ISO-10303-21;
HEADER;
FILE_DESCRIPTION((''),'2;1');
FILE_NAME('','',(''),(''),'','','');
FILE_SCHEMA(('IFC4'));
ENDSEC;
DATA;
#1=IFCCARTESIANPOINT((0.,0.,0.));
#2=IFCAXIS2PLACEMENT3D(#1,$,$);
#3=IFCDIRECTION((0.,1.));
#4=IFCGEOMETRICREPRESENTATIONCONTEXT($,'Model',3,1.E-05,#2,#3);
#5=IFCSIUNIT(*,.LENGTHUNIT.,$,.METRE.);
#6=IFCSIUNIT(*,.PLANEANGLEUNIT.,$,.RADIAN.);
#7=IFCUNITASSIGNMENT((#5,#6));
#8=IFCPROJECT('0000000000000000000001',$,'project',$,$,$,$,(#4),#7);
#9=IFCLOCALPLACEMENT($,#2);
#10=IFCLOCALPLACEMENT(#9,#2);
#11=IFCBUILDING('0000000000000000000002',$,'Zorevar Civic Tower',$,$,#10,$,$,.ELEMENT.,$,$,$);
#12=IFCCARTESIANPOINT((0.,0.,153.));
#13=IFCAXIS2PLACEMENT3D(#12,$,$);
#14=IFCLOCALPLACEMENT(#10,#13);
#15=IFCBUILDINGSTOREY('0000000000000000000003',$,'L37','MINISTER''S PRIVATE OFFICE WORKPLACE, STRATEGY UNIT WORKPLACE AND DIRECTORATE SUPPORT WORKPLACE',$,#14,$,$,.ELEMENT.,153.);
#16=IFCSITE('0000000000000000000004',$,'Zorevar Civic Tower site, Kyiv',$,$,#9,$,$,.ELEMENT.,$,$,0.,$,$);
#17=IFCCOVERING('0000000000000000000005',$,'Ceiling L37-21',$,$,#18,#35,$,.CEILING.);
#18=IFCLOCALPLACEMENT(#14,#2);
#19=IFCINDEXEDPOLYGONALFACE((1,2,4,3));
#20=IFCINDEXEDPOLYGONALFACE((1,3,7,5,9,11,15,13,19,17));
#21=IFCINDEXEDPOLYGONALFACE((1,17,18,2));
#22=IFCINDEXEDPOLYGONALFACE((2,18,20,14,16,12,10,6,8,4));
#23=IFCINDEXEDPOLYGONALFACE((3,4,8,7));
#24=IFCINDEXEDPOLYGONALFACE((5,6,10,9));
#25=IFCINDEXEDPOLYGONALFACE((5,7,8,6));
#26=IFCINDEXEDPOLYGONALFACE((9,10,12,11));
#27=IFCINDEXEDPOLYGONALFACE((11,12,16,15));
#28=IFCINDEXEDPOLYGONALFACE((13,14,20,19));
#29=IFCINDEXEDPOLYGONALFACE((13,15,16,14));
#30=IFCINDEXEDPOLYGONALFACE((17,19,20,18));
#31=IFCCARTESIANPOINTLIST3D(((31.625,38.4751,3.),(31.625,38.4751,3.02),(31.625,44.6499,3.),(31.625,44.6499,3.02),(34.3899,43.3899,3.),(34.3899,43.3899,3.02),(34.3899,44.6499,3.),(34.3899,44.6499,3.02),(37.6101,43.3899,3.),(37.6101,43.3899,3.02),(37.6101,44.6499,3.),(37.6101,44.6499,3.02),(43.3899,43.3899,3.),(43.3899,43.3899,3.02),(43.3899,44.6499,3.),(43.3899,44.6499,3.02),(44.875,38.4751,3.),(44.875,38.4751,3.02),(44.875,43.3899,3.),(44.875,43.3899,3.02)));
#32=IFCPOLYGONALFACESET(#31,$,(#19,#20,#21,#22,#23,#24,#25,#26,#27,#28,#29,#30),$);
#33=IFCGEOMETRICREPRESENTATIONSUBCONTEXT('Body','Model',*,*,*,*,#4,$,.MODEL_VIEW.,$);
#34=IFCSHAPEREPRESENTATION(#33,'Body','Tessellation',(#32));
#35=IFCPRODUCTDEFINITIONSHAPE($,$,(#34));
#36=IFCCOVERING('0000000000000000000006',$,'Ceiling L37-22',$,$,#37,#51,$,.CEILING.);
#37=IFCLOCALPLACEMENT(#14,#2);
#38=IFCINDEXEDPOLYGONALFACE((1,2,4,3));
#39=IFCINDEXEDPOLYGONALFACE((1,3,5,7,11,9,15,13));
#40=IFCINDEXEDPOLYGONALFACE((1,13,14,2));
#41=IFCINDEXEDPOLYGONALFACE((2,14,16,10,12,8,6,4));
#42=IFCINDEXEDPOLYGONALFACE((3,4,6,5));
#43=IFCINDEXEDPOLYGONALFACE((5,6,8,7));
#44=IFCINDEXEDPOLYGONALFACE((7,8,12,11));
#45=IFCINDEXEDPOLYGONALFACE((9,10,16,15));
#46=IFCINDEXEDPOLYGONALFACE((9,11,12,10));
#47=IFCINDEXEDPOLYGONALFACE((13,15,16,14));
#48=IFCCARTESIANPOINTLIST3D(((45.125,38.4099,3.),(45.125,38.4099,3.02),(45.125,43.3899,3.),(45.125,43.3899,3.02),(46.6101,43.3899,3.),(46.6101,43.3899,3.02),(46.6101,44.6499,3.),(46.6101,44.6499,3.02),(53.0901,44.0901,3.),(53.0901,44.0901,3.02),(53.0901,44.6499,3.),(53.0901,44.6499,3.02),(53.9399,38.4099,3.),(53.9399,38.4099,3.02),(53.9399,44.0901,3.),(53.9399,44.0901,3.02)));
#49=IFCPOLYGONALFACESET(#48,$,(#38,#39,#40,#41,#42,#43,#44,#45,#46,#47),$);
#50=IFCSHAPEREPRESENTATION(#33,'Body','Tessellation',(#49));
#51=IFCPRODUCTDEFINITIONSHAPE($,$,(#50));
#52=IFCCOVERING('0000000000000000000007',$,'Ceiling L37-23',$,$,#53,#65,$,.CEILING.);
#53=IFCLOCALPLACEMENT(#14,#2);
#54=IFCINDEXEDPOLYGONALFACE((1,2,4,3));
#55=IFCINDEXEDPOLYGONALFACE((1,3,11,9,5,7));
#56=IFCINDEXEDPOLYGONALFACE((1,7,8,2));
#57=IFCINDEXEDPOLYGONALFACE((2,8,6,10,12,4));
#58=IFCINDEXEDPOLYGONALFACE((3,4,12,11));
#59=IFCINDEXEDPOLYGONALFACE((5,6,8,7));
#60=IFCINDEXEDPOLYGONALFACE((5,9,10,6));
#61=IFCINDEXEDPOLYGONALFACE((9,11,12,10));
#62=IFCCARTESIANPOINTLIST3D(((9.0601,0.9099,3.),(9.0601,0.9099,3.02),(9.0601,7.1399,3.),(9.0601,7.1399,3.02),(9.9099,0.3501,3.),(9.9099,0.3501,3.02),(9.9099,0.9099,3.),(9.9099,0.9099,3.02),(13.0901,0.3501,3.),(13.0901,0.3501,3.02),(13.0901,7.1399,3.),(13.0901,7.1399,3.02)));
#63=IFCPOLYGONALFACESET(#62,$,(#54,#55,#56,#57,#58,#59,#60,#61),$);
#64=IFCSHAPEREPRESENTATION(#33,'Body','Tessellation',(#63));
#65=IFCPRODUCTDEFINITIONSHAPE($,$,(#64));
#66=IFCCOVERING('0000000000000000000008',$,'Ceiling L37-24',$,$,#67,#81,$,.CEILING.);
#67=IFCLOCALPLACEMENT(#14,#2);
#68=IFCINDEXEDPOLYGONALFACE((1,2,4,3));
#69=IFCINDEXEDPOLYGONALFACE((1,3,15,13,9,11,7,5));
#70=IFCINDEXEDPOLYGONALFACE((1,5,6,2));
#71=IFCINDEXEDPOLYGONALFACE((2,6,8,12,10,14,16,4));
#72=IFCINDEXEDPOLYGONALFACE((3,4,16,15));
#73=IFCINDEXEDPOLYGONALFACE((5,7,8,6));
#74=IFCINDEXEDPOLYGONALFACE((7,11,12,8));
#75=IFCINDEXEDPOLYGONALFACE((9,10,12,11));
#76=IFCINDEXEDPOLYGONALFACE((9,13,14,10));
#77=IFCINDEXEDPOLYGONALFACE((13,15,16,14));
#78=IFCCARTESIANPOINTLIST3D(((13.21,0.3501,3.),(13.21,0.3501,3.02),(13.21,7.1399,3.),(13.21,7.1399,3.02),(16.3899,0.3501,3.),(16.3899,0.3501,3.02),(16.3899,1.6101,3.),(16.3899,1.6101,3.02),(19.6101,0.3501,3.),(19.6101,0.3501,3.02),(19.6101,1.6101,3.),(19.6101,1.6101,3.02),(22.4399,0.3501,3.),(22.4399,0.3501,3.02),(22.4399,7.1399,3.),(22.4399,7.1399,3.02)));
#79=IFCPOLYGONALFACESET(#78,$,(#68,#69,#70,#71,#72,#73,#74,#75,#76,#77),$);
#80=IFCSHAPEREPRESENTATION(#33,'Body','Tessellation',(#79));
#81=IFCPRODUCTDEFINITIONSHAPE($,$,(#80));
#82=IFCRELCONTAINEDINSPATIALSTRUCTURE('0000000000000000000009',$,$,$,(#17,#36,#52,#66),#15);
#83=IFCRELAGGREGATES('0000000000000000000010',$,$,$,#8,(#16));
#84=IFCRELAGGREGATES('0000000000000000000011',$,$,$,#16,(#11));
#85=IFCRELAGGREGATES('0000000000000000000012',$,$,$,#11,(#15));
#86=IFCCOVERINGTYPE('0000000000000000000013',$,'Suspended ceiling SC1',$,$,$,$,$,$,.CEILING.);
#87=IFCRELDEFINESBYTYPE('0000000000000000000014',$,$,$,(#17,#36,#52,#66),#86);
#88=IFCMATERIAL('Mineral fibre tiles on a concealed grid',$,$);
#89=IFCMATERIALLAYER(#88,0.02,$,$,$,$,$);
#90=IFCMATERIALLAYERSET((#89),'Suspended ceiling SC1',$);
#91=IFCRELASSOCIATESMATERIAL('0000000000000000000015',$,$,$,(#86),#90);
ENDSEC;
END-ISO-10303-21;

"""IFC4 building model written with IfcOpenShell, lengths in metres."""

from ifc_helpers import new_model, si_unit, direction, frame, origin, place, context, subcontext, project, spatial, polyline, outline, extrude, material, layer, layer_set, type_object, element, save


model = new_model("IFC4")

# Units and contexts
model_context = context("Model", 3, precision=1e-05, world=origin(), true_north=direction((0.0, 1.0)))
body_context = subcontext(model_context, "Body", "Model", "MODEL_VIEW")
ifc_project = project(units=[si_unit("LENGTHUNIT", "METRE"), si_unit("PLANEANGLEUNIT", "RADIAN")], contexts=[model_context])

# Site, building, storey
site_placement = place(None, origin())
site = spatial("IfcSite", under=ifc_project, at=site_placement, Name="Zorevar Civic Tower site, Kyiv", CompositionType="ELEMENT", RefElevation=0.0)
building_placement = place(site_placement, origin())
building = spatial("IfcBuilding", under=site, at=building_placement, Name="Zorevar Civic Tower", CompositionType="ELEMENT")
storey_placement = place(building_placement, frame((0.0, 0.0, 153.0)))
storey = spatial("IfcBuildingStorey", under=building, at=storey_placement, Name="L37", Description="MINISTER'S PRIVATE OFFICE WORKPLACE, STRATEGY UNIT WORKPLACE AND DIRECTORATE SUPPORT WORKPLACE", CompositionType="ELEMENT", Elevation=153.0)

# Coverings
ifc_material_1 = material(Name="Mineral fibre tiles on a concealed grid")
ifc_layer_1 = layer(ifc_material_1, 0.02)
ifc_layer_set_1 = layer_set([ifc_layer_1], Name="Suspended ceiling SC1")
covering_type_1 = type_object("IfcCoveringType", Name="Suspended ceiling SC1", PredefinedType="CEILING", material=ifc_layer_set_1)
covering_1_placement = place(storey_placement, frame((0.0, 0.0, 3.0)))
element("IfcCovering", 1, at=covering_1_placement, inside=storey, type_object=covering_type_1, Name="Ceiling L37-21", PredefinedType="CEILING", context=body_context, shape_type="SweptSolid", body=[
    extrude(outline(polyline([(34.3899, 44.6499), (34.3899, 43.3899), (37.6101, 43.3899), (37.6101, 44.6499), (43.3899, 44.6499), (43.3899, 43.3899), (44.875, 43.3899), (44.875, 38.4751), (31.625, 38.4751), (31.625, 44.6499), (34.3899, 44.6499)])), origin(), (0.0, 0.0, 1.0), 0.02),
])
covering_2_placement = place(storey_placement, frame((0.0, 0.0, 3.0)))
element("IfcCovering", 2, at=covering_2_placement, inside=storey, type_object=covering_type_1, Name="Ceiling L37-22", PredefinedType="CEILING", context=body_context, shape_type="SweptSolid", body=[
    extrude(outline(polyline([(46.6101, 43.3899), (46.6101, 44.6499), (53.0901, 44.6499), (53.0901, 44.0901), (53.9399, 44.0901), (53.9399, 38.4099), (45.125, 38.4099), (45.125, 43.3899), (46.6101, 43.3899)])), origin(), (0.0, 0.0, 1.0), 0.02),
])
covering_3_placement = place(storey_placement, frame((0.0, 0.0, 3.0)))
element("IfcCovering", 3, at=covering_3_placement, inside=storey, type_object=covering_type_1, Name="Ceiling L37-23", PredefinedType="CEILING", context=body_context, shape_type="SweptSolid", body=[
    extrude(outline(polyline([(13.0901, 7.1399), (13.0901, 0.3501), (9.9099, 0.3501), (9.9099, 0.9099), (9.0601, 0.9099), (9.0601, 7.1399), (13.0901, 7.1399)])), origin(), (0.0, 0.0, 1.0), 0.02),
])
covering_4_placement = place(storey_placement, frame((0.0, 0.0, 3.0)))
element("IfcCovering", 4, at=covering_4_placement, inside=storey, type_object=covering_type_1, Name="Ceiling L37-24", PredefinedType="CEILING", context=body_context, shape_type="SweptSolid", body=[
    extrude(outline(polyline([(22.4399, 7.1399), (22.4399, 0.3501), (19.6101, 0.3501), (19.6101, 1.6101), (16.3899, 1.6101), (16.3899, 0.3501), (13.21, 0.3501), (13.21, 7.1399), (22.4399, 7.1399)])), origin(), (0.0, 0.0, 1.0), 0.02),
])

save(model, "model.ifc")
